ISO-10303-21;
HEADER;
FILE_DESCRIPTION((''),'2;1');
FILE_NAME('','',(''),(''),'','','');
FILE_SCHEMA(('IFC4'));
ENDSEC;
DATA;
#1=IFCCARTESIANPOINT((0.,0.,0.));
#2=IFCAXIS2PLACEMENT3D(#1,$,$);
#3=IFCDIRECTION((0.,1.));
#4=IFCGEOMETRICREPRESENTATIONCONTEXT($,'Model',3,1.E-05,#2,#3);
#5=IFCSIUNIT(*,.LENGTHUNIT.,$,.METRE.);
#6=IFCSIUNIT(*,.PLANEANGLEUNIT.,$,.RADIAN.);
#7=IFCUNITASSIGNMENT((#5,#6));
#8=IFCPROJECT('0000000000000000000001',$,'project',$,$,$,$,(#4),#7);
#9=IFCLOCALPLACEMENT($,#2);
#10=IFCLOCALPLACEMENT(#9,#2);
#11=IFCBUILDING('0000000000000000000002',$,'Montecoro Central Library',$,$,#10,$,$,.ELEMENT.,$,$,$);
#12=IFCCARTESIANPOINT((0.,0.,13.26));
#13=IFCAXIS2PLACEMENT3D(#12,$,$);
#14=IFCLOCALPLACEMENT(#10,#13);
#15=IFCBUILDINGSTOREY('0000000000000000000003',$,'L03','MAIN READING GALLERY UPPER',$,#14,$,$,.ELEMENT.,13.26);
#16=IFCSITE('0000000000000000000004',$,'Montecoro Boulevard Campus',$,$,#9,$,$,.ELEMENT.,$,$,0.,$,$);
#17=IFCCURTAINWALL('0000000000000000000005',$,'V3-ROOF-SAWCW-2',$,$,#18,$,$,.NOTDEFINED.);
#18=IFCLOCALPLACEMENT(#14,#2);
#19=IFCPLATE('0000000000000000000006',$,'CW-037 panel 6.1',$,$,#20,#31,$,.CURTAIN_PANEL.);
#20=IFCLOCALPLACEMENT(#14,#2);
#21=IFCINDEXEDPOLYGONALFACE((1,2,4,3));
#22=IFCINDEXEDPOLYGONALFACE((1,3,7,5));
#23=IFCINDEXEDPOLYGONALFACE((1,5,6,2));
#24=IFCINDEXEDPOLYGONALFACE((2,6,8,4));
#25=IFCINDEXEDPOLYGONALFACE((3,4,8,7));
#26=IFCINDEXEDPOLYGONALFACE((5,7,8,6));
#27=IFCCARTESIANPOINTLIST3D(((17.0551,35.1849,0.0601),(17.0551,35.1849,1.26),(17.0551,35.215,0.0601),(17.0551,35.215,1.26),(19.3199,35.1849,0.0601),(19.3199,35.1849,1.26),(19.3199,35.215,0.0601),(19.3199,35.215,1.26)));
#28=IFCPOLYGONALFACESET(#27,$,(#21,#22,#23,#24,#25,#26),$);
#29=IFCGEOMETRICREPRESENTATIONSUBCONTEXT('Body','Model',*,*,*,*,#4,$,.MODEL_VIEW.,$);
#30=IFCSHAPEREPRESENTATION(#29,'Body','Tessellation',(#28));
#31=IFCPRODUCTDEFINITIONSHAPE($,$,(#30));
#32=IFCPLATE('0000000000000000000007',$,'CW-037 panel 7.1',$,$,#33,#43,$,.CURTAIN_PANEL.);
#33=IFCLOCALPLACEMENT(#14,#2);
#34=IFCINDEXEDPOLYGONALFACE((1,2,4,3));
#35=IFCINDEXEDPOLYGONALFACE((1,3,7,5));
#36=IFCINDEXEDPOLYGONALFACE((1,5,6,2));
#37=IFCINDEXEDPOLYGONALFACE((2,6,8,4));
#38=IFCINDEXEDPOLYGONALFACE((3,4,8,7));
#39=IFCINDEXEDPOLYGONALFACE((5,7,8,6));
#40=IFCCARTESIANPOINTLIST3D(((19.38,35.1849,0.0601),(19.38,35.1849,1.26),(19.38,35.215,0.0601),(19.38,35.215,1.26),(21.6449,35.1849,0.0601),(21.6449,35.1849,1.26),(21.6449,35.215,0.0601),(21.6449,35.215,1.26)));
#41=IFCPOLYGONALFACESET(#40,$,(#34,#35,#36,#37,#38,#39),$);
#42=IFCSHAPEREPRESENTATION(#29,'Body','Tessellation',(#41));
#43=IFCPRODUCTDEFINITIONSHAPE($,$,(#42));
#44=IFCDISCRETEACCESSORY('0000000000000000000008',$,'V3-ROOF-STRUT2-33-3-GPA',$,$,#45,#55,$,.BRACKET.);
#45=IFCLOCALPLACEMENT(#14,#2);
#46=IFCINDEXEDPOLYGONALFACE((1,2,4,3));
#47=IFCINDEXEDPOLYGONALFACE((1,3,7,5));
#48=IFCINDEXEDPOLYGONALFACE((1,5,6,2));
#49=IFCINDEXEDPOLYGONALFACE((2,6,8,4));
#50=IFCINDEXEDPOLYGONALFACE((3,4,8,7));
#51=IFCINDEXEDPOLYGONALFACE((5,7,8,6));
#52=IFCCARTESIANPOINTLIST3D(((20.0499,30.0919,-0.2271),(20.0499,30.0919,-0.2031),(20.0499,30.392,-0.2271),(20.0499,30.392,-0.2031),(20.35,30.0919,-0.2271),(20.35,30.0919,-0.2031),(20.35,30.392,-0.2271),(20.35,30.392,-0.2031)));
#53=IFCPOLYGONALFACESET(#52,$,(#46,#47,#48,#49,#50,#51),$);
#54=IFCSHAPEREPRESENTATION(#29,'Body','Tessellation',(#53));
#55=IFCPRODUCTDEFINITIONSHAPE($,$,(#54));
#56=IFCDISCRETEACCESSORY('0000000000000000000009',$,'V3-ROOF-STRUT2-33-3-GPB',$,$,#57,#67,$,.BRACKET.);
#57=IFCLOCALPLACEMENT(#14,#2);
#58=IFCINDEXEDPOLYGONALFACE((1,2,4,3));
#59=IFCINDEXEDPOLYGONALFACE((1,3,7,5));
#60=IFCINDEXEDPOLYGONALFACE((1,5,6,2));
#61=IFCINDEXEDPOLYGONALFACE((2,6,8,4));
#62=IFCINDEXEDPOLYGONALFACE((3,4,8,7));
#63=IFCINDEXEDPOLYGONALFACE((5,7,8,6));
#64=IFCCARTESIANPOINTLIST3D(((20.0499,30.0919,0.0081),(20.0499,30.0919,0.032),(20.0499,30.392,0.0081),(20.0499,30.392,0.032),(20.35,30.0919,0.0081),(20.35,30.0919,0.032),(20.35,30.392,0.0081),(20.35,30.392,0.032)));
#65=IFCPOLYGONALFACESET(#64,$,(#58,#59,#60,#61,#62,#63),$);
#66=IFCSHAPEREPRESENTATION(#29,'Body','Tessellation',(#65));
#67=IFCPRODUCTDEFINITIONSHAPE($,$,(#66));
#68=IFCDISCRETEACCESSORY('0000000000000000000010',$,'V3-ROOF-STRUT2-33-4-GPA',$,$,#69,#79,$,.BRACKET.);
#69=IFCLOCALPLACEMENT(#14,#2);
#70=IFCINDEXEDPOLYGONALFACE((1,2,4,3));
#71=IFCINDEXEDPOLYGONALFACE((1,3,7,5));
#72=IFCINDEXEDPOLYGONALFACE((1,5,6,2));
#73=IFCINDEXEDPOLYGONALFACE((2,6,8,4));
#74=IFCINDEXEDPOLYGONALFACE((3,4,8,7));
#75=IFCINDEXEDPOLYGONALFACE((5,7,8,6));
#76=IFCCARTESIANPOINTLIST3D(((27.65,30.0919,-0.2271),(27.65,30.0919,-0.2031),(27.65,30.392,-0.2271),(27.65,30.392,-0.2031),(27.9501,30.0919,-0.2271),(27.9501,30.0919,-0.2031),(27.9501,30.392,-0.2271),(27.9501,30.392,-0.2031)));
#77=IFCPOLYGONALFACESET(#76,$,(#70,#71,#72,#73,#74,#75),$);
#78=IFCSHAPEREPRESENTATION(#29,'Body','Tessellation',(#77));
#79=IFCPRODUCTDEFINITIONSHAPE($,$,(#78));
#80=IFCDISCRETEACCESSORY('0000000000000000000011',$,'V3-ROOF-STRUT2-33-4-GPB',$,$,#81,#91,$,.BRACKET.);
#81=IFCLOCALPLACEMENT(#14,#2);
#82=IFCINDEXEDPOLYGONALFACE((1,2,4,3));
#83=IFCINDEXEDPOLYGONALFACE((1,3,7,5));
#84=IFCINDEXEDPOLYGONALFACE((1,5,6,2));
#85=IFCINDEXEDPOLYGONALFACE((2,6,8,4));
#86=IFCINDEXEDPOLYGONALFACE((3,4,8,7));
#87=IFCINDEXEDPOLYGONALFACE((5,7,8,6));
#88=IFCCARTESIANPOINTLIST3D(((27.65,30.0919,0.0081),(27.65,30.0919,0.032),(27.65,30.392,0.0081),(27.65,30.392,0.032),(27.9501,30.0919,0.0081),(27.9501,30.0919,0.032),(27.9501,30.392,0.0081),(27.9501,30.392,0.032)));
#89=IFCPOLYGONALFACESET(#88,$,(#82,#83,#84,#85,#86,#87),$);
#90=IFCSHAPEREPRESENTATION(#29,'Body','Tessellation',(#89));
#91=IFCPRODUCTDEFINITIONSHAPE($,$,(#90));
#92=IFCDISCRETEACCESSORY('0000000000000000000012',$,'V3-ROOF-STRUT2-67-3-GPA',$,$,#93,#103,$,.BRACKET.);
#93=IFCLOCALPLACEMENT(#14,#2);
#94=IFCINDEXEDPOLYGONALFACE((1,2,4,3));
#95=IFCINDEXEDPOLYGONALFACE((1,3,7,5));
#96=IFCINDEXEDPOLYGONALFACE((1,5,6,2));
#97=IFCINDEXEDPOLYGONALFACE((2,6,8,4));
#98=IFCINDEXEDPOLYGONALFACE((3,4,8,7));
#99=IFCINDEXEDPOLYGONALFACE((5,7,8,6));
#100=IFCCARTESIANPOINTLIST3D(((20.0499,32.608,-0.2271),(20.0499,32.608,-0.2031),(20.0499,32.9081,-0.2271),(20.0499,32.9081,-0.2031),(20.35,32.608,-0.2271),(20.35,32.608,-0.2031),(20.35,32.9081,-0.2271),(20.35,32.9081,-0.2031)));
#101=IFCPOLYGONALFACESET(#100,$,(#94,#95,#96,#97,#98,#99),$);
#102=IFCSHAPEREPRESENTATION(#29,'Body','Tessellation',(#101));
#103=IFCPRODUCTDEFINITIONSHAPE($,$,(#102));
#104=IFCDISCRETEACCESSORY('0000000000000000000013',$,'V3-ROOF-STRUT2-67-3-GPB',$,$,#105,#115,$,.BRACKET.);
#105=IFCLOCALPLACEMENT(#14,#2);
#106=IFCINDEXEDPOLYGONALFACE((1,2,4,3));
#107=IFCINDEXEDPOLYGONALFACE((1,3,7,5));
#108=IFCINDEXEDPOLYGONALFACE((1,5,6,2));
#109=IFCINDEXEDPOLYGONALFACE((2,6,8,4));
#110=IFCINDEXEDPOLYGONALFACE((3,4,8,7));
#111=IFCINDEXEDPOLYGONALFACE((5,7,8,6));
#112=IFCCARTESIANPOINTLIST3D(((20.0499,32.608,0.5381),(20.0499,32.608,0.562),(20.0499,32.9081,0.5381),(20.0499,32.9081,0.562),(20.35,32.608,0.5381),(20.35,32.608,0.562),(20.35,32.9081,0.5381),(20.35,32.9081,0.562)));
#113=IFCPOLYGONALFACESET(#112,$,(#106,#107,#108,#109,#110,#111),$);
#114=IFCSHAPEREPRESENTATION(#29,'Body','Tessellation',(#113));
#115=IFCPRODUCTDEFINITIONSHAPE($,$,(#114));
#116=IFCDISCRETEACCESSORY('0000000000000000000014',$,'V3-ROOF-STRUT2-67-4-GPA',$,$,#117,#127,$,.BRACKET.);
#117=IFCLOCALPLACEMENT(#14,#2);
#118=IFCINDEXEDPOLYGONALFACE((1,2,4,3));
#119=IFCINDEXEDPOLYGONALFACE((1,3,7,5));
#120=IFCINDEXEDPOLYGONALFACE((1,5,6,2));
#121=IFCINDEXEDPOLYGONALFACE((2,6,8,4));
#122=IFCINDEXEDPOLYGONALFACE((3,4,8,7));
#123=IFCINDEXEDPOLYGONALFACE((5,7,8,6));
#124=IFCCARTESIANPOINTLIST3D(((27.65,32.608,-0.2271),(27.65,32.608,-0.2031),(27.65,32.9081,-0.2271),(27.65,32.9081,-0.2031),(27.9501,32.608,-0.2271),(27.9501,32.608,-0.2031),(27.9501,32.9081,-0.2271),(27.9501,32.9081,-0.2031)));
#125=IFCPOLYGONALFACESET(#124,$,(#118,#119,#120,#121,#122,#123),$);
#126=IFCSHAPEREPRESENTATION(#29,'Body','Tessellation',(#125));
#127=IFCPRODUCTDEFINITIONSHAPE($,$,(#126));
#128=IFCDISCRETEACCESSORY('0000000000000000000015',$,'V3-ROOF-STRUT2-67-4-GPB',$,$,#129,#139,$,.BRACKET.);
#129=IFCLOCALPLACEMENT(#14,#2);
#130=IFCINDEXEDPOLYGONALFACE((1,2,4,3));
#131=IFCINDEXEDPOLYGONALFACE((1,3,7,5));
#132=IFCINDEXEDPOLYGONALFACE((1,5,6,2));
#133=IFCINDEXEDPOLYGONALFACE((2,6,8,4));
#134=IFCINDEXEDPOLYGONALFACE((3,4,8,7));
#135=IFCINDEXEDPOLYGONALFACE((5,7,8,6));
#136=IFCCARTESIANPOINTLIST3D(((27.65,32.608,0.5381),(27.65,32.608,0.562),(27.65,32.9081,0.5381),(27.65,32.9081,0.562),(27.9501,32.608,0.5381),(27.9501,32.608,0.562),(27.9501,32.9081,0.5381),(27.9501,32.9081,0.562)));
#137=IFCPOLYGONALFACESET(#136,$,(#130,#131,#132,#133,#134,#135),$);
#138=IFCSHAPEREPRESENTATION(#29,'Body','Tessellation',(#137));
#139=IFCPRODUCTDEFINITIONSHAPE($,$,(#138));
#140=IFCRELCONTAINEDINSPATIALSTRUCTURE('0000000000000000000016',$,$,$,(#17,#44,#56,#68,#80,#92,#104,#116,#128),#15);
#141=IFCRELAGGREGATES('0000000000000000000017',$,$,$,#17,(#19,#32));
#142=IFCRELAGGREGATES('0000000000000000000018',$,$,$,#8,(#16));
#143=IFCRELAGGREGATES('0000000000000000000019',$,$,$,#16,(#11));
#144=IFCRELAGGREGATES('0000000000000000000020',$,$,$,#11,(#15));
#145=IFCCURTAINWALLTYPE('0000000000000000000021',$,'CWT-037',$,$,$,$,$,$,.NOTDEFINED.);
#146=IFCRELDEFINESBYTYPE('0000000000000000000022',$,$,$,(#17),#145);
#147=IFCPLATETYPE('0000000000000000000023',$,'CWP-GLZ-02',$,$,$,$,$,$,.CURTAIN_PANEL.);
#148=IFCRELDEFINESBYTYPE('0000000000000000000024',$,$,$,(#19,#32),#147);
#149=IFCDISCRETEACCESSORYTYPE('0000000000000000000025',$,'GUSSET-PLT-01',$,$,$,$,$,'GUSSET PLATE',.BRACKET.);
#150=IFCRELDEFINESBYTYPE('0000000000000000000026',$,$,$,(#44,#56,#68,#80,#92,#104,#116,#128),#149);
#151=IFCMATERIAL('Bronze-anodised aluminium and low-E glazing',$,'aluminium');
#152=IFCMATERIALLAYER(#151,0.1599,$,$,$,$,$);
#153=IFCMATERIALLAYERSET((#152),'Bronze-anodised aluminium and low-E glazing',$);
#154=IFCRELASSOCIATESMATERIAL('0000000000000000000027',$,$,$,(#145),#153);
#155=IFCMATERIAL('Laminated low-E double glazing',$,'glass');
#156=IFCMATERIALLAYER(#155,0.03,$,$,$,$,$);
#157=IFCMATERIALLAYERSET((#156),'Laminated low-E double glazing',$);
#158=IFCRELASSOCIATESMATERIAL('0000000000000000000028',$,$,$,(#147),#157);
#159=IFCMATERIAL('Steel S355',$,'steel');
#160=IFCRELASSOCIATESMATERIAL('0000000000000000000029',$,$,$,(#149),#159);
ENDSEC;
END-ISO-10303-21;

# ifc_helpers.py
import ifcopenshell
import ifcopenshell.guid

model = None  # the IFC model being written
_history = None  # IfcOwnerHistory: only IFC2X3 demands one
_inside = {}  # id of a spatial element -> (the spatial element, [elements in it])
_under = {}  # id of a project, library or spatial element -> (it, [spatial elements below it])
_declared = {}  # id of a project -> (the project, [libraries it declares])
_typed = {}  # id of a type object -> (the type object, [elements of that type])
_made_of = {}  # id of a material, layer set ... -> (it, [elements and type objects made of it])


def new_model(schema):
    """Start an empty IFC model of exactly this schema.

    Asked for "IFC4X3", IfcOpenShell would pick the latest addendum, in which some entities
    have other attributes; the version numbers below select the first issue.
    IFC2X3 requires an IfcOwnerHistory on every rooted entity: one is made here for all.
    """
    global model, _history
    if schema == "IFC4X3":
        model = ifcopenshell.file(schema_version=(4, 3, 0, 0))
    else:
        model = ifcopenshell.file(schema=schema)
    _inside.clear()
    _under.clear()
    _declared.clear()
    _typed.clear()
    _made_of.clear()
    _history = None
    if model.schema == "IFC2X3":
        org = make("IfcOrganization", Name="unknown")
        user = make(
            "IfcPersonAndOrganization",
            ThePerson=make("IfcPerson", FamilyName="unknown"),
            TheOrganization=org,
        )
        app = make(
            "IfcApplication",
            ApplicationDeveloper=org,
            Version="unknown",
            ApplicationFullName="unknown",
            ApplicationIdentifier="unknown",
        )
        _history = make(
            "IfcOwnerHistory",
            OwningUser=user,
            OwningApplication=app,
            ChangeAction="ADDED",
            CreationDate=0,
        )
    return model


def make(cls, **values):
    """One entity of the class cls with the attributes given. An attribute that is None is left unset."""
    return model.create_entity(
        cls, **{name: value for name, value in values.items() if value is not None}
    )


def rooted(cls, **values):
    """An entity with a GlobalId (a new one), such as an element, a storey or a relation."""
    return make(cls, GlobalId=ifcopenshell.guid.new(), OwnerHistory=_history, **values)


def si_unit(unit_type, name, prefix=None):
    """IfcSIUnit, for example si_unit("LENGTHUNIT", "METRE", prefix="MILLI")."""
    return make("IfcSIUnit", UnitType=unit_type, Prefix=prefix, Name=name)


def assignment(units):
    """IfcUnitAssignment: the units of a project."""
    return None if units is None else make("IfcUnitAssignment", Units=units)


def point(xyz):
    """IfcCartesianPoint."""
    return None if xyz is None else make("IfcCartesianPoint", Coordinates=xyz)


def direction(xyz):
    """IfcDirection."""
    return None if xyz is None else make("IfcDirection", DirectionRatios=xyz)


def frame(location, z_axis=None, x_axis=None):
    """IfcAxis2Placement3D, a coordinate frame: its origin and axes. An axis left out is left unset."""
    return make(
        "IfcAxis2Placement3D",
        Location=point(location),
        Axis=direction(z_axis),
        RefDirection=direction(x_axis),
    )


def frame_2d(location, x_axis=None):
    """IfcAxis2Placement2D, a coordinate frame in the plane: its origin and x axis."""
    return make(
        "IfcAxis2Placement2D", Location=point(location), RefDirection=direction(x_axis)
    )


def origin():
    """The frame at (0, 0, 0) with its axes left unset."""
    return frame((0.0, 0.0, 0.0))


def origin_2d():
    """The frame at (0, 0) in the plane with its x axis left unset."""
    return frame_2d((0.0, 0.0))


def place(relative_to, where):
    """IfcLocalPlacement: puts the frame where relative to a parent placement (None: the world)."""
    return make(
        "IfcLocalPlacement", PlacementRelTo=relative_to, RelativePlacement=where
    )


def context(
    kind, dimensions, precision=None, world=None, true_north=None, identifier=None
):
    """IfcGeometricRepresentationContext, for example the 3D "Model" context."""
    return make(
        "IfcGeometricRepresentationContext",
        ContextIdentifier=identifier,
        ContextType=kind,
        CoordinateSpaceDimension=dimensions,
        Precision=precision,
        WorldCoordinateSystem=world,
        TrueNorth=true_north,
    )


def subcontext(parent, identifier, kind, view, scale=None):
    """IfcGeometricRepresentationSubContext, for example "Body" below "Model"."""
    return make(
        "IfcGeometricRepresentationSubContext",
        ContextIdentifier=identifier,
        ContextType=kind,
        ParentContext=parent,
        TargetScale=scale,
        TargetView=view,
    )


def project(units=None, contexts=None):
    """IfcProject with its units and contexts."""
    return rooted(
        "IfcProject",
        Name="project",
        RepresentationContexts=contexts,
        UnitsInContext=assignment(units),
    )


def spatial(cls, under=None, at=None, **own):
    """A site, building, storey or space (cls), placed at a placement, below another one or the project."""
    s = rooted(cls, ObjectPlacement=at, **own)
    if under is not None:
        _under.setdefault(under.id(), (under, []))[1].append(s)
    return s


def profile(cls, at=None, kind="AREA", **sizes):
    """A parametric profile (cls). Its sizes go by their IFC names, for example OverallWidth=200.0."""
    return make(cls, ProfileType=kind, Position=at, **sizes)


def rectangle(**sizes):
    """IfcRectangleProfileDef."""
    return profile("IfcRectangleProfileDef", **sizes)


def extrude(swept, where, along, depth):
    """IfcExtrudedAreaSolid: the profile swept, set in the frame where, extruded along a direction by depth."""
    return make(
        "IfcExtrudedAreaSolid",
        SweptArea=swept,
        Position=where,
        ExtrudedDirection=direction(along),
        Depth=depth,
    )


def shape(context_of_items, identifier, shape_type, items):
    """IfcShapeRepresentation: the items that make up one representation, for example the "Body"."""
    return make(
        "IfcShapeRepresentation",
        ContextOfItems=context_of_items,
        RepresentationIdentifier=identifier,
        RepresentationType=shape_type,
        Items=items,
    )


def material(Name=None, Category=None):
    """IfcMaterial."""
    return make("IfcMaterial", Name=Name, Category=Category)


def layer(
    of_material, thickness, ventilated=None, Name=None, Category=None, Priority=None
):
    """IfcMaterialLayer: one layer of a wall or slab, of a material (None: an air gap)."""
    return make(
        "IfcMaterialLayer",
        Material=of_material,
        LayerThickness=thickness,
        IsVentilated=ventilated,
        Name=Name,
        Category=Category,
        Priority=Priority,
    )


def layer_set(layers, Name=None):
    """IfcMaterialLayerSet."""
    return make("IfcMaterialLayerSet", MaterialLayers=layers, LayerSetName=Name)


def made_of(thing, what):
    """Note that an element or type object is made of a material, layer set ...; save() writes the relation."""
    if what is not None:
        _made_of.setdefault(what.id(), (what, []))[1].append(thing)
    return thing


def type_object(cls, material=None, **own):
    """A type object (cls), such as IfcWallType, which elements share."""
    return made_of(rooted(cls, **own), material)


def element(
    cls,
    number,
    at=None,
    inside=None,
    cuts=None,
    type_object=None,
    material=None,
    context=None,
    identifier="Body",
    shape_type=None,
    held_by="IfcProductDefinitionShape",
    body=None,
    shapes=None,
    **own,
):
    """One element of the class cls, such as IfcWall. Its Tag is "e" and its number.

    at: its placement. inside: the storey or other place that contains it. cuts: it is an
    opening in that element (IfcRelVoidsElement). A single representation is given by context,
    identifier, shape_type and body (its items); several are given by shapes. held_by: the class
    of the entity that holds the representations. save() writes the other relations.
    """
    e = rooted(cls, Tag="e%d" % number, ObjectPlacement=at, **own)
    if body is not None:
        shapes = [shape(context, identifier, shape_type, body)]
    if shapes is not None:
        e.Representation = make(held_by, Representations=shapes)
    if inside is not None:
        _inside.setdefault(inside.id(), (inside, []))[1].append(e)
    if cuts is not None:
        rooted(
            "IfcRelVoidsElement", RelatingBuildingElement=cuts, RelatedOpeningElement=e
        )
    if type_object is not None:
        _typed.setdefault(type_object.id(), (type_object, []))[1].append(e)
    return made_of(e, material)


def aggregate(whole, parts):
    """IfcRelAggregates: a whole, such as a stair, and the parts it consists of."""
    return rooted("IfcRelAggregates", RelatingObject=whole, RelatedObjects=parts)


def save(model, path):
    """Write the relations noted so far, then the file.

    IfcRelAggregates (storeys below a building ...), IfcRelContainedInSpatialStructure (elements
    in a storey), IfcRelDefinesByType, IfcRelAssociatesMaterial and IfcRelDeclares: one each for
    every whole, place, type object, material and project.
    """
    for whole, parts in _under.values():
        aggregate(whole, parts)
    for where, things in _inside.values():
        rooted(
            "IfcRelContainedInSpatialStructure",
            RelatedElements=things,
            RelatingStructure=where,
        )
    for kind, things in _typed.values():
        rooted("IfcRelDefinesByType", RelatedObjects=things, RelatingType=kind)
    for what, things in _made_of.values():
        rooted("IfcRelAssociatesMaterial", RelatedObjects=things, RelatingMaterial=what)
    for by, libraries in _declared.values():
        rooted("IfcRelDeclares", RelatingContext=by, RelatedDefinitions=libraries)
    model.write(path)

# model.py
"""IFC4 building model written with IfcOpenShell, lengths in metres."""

from ifc_helpers import new_model, si_unit, direction, frame, origin, origin_2d, place, context, subcontext, project, spatial, rectangle, extrude, material, layer, layer_set, type_object, element, aggregate, save


model = new_model("IFC4")

# Units and contexts
model_context = context("Model", 3, precision=1e-05, world=origin(), true_north=direction((0.0, 1.0)))
body_context = subcontext(model_context, "Body", "Model", "MODEL_VIEW")
ifc_project = project(units=[si_unit("LENGTHUNIT", "METRE"), si_unit("PLANEANGLEUNIT", "RADIAN")], contexts=[model_context])

# Site, building, storey
site_placement = place(None, origin())
site = spatial("IfcSite", under=ifc_project, at=site_placement, Name="Montecoro Boulevard Campus", CompositionType="ELEMENT", RefElevation=0.0)
building_placement = place(site_placement, origin())
building = spatial("IfcBuilding", under=site, at=building_placement, Name="Montecoro Central Library", CompositionType="ELEMENT")
storey_placement = place(building_placement, frame((0.0, 0.0, 13.26)))
storey = spatial("IfcBuildingStorey", under=building, at=storey_placement, Name="L03", Description="MAIN READING GALLERY UPPER", CompositionType="ELEMENT", Elevation=13.26)

# Shared definitions
ifc_material_1 = material(Name="Bronze-anodised aluminium and low-E glazing", Category="aluminium")

# Curtain wall
ifc_layer_1 = layer(ifc_material_1, 0.1599)
ifc_layer_set_1 = layer_set([ifc_layer_1], Name="Bronze-anodised aluminium and low-E glazing")
curtain_wall_type_1 = type_object("IfcCurtainWallType", Name="CWT-037", PredefinedType="NOTDEFINED", material=ifc_layer_set_1)
curtain_wall_1_placement = place(storey_placement, origin())
curtain_wall_1 = element("IfcCurtainWall", 1, at=curtain_wall_1_placement, inside=storey, type_object=curtain_wall_type_1, Name="V3-ROOF-SAWCW-2", PredefinedType="NOTDEFINED")

# Shared definitions
ifc_material_2 = material(Name="Steel S355", Category="steel")

# Plates
ifc_material_3 = material(Name="Laminated low-E double glazing", Category="glass")
ifc_layer_2 = layer(ifc_material_3, 0.03)
ifc_layer_set_2 = layer_set([ifc_layer_2], Name="Laminated low-E double glazing")
plate_type = type_object("IfcPlateType", Name="CWP-GLZ-02", PredefinedType="CURTAIN_PANEL", material=ifc_layer_set_2)
plate_1_placement = place(storey_placement, frame((18.1875, 35.2, 0.0601), z_axis=(0.0, 0.0, 1.0), x_axis=(1.0, 0.0, 0.0)))
plate_1 = element("IfcPlate", 2, at=plate_1_placement, type_object=plate_type, Name="CW-037 panel 6.1", PredefinedType="CURTAIN_PANEL", context=body_context, shape_type="SweptSolid", body=[
    extrude(rectangle(XDim=2.2649, YDim=0.03, at=origin_2d()), origin(), (0.0, 0.0, 1.0), 1.2),
])
plate_2_placement = place(storey_placement, frame((20.5125, 35.2, 0.0601), z_axis=(0.0, 0.0, 1.0), x_axis=(1.0, 0.0, 0.0)))
plate_2 = element("IfcPlate", 3, at=plate_2_placement, type_object=plate_type, Name="CW-037 panel 7.1", PredefinedType="CURTAIN_PANEL", context=body_context, shape_type="SweptSolid", body=[
    extrude(rectangle(XDim=2.2649, YDim=0.03, at=origin_2d()), origin(), (0.0, 0.0, 1.0), 1.2),
])
aggregate(curtain_wall_1, [plate_1, plate_2])

# Discrete accessories
discrete_accessory_type = type_object("IfcDiscreteAccessoryType", Name="GUSSET-PLT-01", ElementType="GUSSET PLATE", PredefinedType="BRACKET", material=ifc_material_2)
for number, where, z_axis, x_axis, name in (
    (4, (20.2, 30.2419, -0.2271), (0.0, 0.0, 1.0), (1.0, 0.0, 0.0), "V3-ROOF-STRUT2-33-3-GPA"),
    (5, (20.2, 30.2419, 0.0081), (0.0, 0.0, 1.0), (1.0, 0.0, 0.0), "V3-ROOF-STRUT2-33-3-GPB"),
    (6, (27.8, 30.2419, -0.2271), (0.0, 0.0, 1.0), (1.0, 0.0, 0.0), "V3-ROOF-STRUT2-33-4-GPA"),
    (7, (27.8, 30.2419, 0.0081), (0.0, 0.0, 1.0), (1.0, 0.0, 0.0), "V3-ROOF-STRUT2-33-4-GPB"),
    (8, (20.2, 32.7581, -0.2271), (0.0, 0.0, 1.0), (1.0, 0.0, 0.0), "V3-ROOF-STRUT2-67-3-GPA"),
    (9, (20.2, 32.7581, 0.5381), (0.0, 0.0, 1.0), (1.0, 0.0, 0.0), "V3-ROOF-STRUT2-67-3-GPB"),
    (10, (27.8, 32.7581, -0.2271), (0.0, 0.0, 1.0), (1.0, 0.0, 0.0), "V3-ROOF-STRUT2-67-4-GPA"),
    (11, (27.8, 32.7581, 0.5381), (0.0, 0.0, 1.0), (1.0, 0.0, 0.0), "V3-ROOF-STRUT2-67-4-GPB"),
):
    element("IfcDiscreteAccessory", number, at=place(storey_placement, frame(where, z_axis=z_axis, x_axis=x_axis)), inside=storey, type_object=discrete_accessory_type, Name=name, PredefinedType="BRACKET", context=body_context, shape_type="SweptSolid", body=[
        extrude(rectangle(XDim=0.3, YDim=0.3, at=origin_2d()), origin(), (0.0, 0.0, 1.0), 0.0239),
    ])

save(model, "model.ifc")
